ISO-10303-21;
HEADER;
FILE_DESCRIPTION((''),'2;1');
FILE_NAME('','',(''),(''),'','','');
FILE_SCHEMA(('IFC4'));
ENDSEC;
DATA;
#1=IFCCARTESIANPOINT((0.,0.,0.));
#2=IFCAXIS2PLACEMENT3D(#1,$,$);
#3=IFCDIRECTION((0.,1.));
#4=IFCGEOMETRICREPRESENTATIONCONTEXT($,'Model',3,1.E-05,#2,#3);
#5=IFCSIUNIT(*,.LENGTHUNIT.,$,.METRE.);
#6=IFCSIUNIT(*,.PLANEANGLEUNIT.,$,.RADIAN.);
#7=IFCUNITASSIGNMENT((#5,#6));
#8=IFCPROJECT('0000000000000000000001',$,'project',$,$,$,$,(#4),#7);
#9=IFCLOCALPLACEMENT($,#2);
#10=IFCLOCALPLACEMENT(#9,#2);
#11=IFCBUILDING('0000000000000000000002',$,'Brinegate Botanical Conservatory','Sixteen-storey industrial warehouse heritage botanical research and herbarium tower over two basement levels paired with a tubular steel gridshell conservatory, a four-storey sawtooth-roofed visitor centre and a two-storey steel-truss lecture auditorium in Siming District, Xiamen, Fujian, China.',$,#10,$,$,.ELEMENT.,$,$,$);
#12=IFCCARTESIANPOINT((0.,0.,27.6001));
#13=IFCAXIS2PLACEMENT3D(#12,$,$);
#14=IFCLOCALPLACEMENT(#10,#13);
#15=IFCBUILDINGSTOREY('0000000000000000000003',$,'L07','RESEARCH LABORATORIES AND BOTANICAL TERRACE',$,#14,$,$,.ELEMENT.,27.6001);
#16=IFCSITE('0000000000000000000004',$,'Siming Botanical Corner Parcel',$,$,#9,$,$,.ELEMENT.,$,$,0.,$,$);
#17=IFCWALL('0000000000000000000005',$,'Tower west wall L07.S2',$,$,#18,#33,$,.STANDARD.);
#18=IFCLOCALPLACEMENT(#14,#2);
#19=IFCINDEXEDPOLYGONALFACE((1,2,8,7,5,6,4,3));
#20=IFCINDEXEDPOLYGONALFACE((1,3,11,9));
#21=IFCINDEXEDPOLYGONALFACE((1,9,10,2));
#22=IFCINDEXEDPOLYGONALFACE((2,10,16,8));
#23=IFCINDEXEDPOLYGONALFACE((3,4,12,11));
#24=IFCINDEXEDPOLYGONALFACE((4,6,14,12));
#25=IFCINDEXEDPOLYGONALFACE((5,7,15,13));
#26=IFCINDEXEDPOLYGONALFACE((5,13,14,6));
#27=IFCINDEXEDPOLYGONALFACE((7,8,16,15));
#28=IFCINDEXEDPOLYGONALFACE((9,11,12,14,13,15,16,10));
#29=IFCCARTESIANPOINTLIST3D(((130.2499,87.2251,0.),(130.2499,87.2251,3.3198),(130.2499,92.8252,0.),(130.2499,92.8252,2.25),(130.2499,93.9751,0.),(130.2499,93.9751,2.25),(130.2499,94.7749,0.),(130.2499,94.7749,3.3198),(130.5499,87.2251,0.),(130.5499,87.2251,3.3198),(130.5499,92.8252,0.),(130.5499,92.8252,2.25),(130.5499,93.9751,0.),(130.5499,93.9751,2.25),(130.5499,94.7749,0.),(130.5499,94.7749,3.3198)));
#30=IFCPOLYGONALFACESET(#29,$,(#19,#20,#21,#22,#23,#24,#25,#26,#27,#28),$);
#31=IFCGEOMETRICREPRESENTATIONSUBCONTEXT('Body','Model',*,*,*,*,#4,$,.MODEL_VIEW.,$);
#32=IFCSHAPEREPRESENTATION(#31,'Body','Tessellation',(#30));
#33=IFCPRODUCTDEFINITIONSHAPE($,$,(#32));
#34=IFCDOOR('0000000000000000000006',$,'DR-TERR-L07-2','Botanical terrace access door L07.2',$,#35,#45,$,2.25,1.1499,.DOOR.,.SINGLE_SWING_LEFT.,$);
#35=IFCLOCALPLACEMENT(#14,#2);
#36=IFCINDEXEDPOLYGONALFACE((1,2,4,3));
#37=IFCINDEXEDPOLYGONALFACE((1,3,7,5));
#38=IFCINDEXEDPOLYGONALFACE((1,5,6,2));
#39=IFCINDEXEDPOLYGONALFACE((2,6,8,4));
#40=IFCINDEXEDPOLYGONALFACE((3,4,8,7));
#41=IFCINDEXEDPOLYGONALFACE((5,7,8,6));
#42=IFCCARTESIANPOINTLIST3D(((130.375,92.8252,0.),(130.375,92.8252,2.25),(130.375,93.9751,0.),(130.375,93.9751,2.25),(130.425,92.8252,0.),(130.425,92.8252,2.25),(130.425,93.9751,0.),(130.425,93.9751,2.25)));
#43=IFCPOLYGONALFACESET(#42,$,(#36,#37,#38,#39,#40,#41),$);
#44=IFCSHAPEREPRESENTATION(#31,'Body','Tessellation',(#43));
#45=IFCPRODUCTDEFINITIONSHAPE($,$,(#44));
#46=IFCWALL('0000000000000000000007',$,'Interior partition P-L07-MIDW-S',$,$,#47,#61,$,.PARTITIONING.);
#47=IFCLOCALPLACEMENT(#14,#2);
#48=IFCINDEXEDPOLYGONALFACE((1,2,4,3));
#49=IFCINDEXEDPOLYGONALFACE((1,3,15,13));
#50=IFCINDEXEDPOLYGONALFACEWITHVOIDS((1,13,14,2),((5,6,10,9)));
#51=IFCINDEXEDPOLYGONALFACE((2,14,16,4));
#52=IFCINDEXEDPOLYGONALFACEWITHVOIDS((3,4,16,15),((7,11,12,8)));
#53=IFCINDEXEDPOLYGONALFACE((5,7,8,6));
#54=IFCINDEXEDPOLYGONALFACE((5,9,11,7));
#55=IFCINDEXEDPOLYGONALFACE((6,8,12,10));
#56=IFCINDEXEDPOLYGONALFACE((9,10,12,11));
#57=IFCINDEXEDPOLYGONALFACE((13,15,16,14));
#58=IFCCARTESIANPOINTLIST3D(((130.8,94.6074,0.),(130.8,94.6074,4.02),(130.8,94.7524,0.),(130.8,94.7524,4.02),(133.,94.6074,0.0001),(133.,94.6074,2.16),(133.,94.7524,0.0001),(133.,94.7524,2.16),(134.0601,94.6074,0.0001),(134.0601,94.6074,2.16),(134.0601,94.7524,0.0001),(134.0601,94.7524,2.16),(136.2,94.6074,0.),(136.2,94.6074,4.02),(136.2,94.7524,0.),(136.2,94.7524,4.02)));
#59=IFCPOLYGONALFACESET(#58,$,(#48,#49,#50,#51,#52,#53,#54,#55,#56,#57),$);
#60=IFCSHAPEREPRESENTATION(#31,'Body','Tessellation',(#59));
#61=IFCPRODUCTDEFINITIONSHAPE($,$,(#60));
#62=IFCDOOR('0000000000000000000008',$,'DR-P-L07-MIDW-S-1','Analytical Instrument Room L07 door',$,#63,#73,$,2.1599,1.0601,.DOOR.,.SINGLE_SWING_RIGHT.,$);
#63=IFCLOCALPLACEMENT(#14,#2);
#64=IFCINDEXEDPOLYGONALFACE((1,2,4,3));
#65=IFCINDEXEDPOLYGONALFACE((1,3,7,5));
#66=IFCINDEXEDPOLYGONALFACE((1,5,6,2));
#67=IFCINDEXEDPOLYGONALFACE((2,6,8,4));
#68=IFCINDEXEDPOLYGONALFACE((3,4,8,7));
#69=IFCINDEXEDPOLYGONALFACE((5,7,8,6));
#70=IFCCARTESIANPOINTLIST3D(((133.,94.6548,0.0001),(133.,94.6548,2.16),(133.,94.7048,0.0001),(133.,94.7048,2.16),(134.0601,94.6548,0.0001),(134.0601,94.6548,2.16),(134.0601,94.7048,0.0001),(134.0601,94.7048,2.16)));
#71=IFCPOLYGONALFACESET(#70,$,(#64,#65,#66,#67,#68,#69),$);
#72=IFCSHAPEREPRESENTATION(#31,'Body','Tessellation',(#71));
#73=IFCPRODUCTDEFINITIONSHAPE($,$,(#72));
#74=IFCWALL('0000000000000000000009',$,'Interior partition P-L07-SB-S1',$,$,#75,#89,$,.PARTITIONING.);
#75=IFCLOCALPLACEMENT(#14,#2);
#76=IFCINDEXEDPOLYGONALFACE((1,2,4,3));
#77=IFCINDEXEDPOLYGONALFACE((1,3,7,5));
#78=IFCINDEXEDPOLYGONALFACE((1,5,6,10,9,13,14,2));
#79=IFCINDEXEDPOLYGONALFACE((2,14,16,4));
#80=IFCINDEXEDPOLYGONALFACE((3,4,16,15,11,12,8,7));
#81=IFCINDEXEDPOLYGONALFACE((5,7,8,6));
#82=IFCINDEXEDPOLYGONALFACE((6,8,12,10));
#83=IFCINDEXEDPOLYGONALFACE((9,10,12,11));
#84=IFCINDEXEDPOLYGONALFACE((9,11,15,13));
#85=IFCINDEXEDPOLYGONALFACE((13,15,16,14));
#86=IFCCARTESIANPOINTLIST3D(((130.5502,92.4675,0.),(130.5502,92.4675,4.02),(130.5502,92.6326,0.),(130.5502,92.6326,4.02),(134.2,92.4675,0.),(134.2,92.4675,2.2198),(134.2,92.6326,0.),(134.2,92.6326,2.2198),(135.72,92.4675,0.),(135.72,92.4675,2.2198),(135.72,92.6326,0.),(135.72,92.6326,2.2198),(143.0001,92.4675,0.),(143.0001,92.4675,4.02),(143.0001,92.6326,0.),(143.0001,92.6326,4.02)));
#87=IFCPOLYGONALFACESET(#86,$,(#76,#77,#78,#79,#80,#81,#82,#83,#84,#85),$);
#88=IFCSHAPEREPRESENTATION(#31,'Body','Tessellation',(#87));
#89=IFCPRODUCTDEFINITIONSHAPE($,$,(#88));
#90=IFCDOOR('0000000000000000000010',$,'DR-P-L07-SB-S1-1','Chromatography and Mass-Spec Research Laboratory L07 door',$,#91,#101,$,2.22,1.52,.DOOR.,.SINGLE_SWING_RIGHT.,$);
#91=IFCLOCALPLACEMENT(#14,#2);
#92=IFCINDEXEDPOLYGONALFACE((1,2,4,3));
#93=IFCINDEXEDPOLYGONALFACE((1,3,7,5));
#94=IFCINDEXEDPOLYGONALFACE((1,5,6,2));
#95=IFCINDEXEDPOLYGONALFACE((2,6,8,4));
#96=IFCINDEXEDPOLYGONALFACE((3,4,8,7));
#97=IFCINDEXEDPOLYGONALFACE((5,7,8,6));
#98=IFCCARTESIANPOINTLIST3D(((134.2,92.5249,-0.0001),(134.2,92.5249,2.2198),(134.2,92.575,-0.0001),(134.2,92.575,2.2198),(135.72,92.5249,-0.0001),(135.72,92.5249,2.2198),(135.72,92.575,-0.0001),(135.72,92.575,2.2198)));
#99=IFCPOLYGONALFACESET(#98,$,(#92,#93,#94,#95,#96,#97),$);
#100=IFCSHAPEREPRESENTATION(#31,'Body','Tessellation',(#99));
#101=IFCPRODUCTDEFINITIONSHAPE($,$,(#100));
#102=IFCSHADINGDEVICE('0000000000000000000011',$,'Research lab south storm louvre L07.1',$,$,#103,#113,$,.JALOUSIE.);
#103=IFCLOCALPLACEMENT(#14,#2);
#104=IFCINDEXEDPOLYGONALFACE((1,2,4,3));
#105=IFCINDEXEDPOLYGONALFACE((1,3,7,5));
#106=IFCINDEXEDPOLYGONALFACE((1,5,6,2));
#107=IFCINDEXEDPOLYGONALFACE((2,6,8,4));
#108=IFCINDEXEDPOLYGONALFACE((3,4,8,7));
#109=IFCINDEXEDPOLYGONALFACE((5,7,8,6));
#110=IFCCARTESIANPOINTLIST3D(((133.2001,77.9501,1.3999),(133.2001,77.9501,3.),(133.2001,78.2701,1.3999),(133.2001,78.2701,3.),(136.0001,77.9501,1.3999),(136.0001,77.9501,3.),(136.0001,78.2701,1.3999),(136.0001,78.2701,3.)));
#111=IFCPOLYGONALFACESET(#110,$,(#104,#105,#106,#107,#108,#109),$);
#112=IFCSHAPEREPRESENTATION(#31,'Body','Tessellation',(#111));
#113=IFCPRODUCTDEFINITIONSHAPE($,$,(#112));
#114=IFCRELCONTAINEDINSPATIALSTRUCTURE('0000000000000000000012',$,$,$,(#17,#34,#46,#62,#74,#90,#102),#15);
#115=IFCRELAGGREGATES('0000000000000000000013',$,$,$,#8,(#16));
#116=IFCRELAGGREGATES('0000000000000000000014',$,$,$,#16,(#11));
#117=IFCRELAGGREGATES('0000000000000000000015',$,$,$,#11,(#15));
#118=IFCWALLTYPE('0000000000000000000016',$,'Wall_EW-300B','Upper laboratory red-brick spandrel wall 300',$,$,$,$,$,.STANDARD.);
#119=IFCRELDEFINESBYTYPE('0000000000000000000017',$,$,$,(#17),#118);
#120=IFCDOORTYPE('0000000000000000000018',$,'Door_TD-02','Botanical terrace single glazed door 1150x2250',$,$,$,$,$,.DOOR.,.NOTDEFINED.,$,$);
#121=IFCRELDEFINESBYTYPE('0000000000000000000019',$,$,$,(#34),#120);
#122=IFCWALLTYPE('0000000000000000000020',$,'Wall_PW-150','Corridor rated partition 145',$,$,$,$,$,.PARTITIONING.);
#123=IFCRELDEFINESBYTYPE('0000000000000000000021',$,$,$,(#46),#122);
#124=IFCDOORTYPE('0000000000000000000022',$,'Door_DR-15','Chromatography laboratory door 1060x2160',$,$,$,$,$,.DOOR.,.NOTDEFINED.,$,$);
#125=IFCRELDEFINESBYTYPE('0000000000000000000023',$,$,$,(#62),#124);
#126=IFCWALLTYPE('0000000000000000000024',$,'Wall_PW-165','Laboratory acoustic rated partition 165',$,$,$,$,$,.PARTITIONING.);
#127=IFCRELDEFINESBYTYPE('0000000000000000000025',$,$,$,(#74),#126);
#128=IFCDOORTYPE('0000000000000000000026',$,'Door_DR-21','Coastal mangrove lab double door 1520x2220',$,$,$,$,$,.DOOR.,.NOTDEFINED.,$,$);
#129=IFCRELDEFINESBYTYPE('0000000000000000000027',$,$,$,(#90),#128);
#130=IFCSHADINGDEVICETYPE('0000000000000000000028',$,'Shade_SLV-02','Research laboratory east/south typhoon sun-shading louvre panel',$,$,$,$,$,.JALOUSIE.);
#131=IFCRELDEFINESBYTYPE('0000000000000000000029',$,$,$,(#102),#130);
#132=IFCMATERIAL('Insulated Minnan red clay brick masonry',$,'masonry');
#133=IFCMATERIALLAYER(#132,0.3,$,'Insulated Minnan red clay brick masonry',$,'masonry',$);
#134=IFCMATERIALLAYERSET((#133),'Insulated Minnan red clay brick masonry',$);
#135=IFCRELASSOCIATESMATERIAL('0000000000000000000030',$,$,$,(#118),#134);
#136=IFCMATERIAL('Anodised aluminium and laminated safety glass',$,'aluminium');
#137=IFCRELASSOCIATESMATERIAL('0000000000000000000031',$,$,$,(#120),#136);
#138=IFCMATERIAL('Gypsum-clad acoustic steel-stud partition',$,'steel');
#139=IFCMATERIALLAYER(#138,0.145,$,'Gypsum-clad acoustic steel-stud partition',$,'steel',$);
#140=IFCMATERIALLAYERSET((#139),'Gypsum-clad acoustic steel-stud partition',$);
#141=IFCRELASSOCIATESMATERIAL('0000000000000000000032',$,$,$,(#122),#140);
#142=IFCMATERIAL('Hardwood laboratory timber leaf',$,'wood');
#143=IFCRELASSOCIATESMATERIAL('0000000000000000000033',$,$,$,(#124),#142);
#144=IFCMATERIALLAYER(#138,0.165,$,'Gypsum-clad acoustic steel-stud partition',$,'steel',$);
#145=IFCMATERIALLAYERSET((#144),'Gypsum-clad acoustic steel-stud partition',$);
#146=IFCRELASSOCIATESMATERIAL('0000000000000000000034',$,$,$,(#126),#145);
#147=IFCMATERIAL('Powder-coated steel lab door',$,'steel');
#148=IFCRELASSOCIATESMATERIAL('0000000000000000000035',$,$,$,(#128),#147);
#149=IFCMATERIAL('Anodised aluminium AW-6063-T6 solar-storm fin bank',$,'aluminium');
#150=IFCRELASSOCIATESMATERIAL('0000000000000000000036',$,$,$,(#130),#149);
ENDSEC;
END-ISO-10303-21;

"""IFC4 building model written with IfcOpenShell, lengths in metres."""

from ifc_helpers import new_model, si_unit, direction, frame, frame_2d, origin, origin_2d, place, context, subcontext, project, spatial, rectangle, extrude, material, layer, layer_set, type_object, element, fill, save


model = new_model("IFC4")

# Units and contexts
model_context = context("Model", 3, precision=1e-05, world=origin(), true_north=direction((0.0, 1.0)))
body_context = subcontext(model_context, "Body", "Model", "MODEL_VIEW")
ifc_project = project(units=[si_unit("LENGTHUNIT", "METRE"), si_unit("PLANEANGLEUNIT", "RADIAN")], contexts=[model_context])

# Site, building, storey
site_placement = place(None, origin())
site = spatial("IfcSite", under=ifc_project, at=site_placement, Name="Siming Botanical Corner Parcel", CompositionType="ELEMENT", RefElevation=0.0)
building_placement = place(site_placement, origin())
building = spatial("IfcBuilding", under=site, at=building_placement, Name="Brinegate Botanical Conservatory", Description="Sixteen-storey industrial warehouse heritage botanical research and herbarium tower over two basement levels paired with a tubular steel gridshell conservatory, a four-storey sawtooth-roofed visitor centre and a two-storey steel-truss lecture auditorium in Siming District, Xiamen, Fujian, China.", CompositionType="ELEMENT")
storey_placement = place(building_placement, frame((0.0, 0.0, 27.6001)))
storey = spatial("IfcBuildingStorey", under=building, at=storey_placement, Name="L07", Description="RESEARCH LABORATORIES AND BOTANICAL TERRACE", CompositionType="ELEMENT", Elevation=27.6001)

# Walls, openings, doors
ifc_material_1 = material(Name="Insulated Minnan red clay brick masonry", Category="masonry")
ifc_layer_1 = layer(ifc_material_1, 0.3, Name="Insulated Minnan red clay brick masonry", Category="masonry")
ifc_layer_set_1 = layer_set([ifc_layer_1], Name="Insulated Minnan red clay brick masonry")
wall_type_1 = type_object("IfcWallType", Name="Wall_EW-300B", Description="Upper laboratory red-brick spandrel wall 300", PredefinedType="STANDARD", material=ifc_layer_set_1)
ifc_material_2 = material(Name="Anodised aluminium and laminated safety glass", Category="aluminium")
wall_1_placement = place(storey_placement, frame((130.3999, 87.2251, 0.0), z_axis=(0.0, 0.0, 1.0), x_axis=(0.0, 1.0, 0.0)))
wall_1 = element("IfcWall", 1, at=wall_1_placement, inside=storey, type_object=wall_type_1, Name="Tower west wall L07.S2", PredefinedType="STANDARD", context=body_context, shape_type="SweptSolid", body=[
    extrude(rectangle(XDim=7.5498, YDim=0.3, at=frame_2d((3.7749, 0.0))), origin(), (0.0, 0.0, 1.0), 3.3198),
])
opening_1_placement = place(wall_1_placement, frame((5.6001, 0.0, 0.0)))
opening_1 = element("IfcOpeningElement", 2, at=opening_1_placement, cuts=wall_1, PredefinedType="OPENING", context=body_context, shape_type="SweptSolid", body=[
    extrude(rectangle(XDim=1.1499, YDim=2.25, at=frame_2d((0.575, 1.125))), frame((0.0, 0.1599, 0.0), z_axis=(0.0, -1.0, 0.0), x_axis=(1.0, 0.0, 0.0)), (0.0, 0.0, 1.0), 0.3201),
])
door_type_1 = type_object("IfcDoorType", Name="Door_TD-02", Description="Botanical terrace single glazed door 1150x2250", OperationType="NOTDEFINED", PredefinedType="DOOR", material=ifc_material_2)
door_1_placement = place(opening_1_placement, origin())
door_1 = element("IfcDoor", 3, at=door_1_placement, inside=storey, type_object=door_type_1, Name="DR-TERR-L07-2", Description="Botanical terrace access door L07.2", OperationType="SINGLE_SWING_LEFT", OverallHeight=2.25, OverallWidth=1.1499, PredefinedType="DOOR", context=body_context, shape_type="SweptSolid", body=[
    extrude(rectangle(XDim=1.1499, YDim=2.25, at=frame_2d((0.575, 1.125))), frame((0.0, 0.0249, 0.0), z_axis=(0.0, -1.0, 0.0), x_axis=(1.0, 0.0, 0.0)), (0.0, 0.0, 1.0), 0.05),
])
fill(opening_1, door_1)
ifc_material_3 = material(Name="Gypsum-clad acoustic steel-stud partition", Category="steel")
ifc_layer_2 = layer(ifc_material_3, 0.145, Name="Gypsum-clad acoustic steel-stud partition", Category="steel")
ifc_layer_set_2 = layer_set([ifc_layer_2], Name="Gypsum-clad acoustic steel-stud partition")
wall_type_2 = type_object("IfcWallType", Name="Wall_PW-150", Description="Corridor rated partition 145", PredefinedType="PARTITIONING", material=ifc_layer_set_2)
wall_2_placement = place(storey_placement, frame((130.8, 94.6799, 0.0), z_axis=(0.0, 0.0, 1.0), x_axis=(1.0, 0.0, 0.0)))
wall_2 = element("IfcWall", 4, at=wall_2_placement, inside=storey, type_object=wall_type_2, Name="Interior partition P-L07-MIDW-S", PredefinedType="PARTITIONING", context=body_context, shape_type="SweptSolid", body=[
    extrude(rectangle(XDim=5.3999, YDim=0.145, at=frame_2d((2.7, 0.0))), origin(), (0.0, 0.0, 1.0), 4.02),
])
opening_2_placement = place(wall_2_placement, frame((2.2, 0.0, 0.0)))
opening_2 = element("IfcOpeningElement", 5, at=opening_2_placement, cuts=wall_2, PredefinedType="OPENING", context=body_context, shape_type="SweptSolid", body=[
    extrude(rectangle(XDim=1.0601, YDim=2.1599, at=frame_2d((0.53, 1.0801))), frame((0.0, 0.0825, 0.0), z_axis=(0.0, -1.0, 0.0), x_axis=(1.0, 0.0, 0.0)), (0.0, 0.0, 1.0), 0.165),
])
ifc_material_4 = material(Name="Hardwood laboratory timber leaf", Category="wood")
door_type_2 = type_object("IfcDoorType", Name="Door_DR-15", Description="Chromatography laboratory door 1060x2160", OperationType="NOTDEFINED", PredefinedType="DOOR", material=ifc_material_4)
door_2_placement = place(opening_2_placement, origin())
door_2 = element("IfcDoor", 6, at=door_2_placement, inside=storey, type_object=door_type_2, Name="DR-P-L07-MIDW-S-1", Description="Analytical Instrument Room L07 door", OperationType="SINGLE_SWING_RIGHT", OverallHeight=2.1599, OverallWidth=1.0601, PredefinedType="DOOR", context=body_context, shape_type="SweptSolid", body=[
    extrude(rectangle(XDim=1.0601, YDim=2.1599, at=frame_2d((0.53, 1.0801))), frame((0.0, 0.0249, 0.0), z_axis=(0.0, -1.0, 0.0), x_axis=(1.0, 0.0, 0.0)), (0.0, 0.0, 1.0), 0.05),
])
fill(opening_2, door_2)
ifc_layer_3 = layer(ifc_material_3, 0.165, Name="Gypsum-clad acoustic steel-stud partition", Category="steel")
ifc_layer_set_3 = layer_set([ifc_layer_3], Name="Gypsum-clad acoustic steel-stud partition")
wall_type_3 = type_object("IfcWallType", Name="Wall_PW-165", Description="Laboratory acoustic rated partition 165", PredefinedType="PARTITIONING", material=ifc_layer_set_3)
wall_3_placement = place(storey_placement, frame((130.55, 92.55, 0.0), z_axis=(0.0, 0.0, 1.0), x_axis=(1.0, 0.0, 0.0)))
wall_3 = element("IfcWall", 7, at=wall_3_placement, inside=storey, type_object=wall_type_3, Name="Interior partition P-L07-SB-S1", PredefinedType="PARTITIONING", context=body_context, shape_type="SweptSolid", body=[
    extrude(rectangle(XDim=12.45, YDim=0.165, at=frame_2d((6.2251, 0.0))), origin(), (0.0, 0.0, 1.0), 4.02),
])
opening_3_placement = place(wall_3_placement, frame((3.6499, 0.0, 0.0)))
opening_3 = element("IfcOpeningElement", 8, at=opening_3_placement, cuts=wall_3, PredefinedType="OPENING", context=body_context, shape_type="SweptSolid", body=[
    extrude(rectangle(XDim=1.52, YDim=2.22, at=frame_2d((0.76, 1.1099))), frame((0.0, 0.0925, 0.0), z_axis=(0.0, -1.0, 0.0), x_axis=(1.0, 0.0, 0.0)), (0.0, 0.0, 1.0), 0.1851),
])
ifc_material_5 = material(Name="Powder-coated steel lab door", Category="steel")
door_type_3 = type_object("IfcDoorType", Name="Door_DR-21", Description="Coastal mangrove lab double door 1520x2220", OperationType="NOTDEFINED", PredefinedType="DOOR", material=ifc_material_5)
door_3_placement = place(opening_3_placement, origin())
door_3 = element("IfcDoor", 9, at=door_3_placement, inside=storey, type_object=door_type_3, Name="DR-P-L07-SB-S1-1", Description="Chromatography and Mass-Spec Research Laboratory L07 door", OperationType="SINGLE_SWING_RIGHT", OverallHeight=2.22, OverallWidth=1.52, PredefinedType="DOOR", context=body_context, shape_type="SweptSolid", body=[
    extrude(rectangle(XDim=1.52, YDim=2.22, at=frame_2d((0.76, 1.1099))), frame((0.0, 0.0249, 0.0), z_axis=(0.0, -1.0, 0.0), x_axis=(1.0, 0.0, 0.0)), (0.0, 0.0, 1.0), 0.05),
])
fill(opening_3, door_3)

# Shading device
ifc_material_6 = material(Name="Anodised aluminium AW-6063-T6 solar-storm fin bank", Category="aluminium")
shading_device_type = type_object("IfcShadingDeviceType", Name="Shade_SLV-02", Description="Research laboratory east/south typhoon sun-shading louvre panel", PredefinedType="JALOUSIE", material=ifc_material_6)
shading_device_placement = place(storey_placement, frame((134.6001, 78.1101, 1.3999), z_axis=(0.0, 0.0, 1.0), x_axis=(1.0, 0.0, 0.0)))
element("IfcShadingDevice", 10, at=shading_device_placement, inside=storey, type_object=shading_device_type, Name="Research lab south storm louvre L07.1", PredefinedType="JALOUSIE", context=body_context, shape_type="SweptSolid", body=[
    extrude(rectangle(XDim=2.8, YDim=0.3201, at=origin_2d()), origin(), (0.0, 0.0, 1.0), 1.6001),
])

save(model, "model.ifc")
